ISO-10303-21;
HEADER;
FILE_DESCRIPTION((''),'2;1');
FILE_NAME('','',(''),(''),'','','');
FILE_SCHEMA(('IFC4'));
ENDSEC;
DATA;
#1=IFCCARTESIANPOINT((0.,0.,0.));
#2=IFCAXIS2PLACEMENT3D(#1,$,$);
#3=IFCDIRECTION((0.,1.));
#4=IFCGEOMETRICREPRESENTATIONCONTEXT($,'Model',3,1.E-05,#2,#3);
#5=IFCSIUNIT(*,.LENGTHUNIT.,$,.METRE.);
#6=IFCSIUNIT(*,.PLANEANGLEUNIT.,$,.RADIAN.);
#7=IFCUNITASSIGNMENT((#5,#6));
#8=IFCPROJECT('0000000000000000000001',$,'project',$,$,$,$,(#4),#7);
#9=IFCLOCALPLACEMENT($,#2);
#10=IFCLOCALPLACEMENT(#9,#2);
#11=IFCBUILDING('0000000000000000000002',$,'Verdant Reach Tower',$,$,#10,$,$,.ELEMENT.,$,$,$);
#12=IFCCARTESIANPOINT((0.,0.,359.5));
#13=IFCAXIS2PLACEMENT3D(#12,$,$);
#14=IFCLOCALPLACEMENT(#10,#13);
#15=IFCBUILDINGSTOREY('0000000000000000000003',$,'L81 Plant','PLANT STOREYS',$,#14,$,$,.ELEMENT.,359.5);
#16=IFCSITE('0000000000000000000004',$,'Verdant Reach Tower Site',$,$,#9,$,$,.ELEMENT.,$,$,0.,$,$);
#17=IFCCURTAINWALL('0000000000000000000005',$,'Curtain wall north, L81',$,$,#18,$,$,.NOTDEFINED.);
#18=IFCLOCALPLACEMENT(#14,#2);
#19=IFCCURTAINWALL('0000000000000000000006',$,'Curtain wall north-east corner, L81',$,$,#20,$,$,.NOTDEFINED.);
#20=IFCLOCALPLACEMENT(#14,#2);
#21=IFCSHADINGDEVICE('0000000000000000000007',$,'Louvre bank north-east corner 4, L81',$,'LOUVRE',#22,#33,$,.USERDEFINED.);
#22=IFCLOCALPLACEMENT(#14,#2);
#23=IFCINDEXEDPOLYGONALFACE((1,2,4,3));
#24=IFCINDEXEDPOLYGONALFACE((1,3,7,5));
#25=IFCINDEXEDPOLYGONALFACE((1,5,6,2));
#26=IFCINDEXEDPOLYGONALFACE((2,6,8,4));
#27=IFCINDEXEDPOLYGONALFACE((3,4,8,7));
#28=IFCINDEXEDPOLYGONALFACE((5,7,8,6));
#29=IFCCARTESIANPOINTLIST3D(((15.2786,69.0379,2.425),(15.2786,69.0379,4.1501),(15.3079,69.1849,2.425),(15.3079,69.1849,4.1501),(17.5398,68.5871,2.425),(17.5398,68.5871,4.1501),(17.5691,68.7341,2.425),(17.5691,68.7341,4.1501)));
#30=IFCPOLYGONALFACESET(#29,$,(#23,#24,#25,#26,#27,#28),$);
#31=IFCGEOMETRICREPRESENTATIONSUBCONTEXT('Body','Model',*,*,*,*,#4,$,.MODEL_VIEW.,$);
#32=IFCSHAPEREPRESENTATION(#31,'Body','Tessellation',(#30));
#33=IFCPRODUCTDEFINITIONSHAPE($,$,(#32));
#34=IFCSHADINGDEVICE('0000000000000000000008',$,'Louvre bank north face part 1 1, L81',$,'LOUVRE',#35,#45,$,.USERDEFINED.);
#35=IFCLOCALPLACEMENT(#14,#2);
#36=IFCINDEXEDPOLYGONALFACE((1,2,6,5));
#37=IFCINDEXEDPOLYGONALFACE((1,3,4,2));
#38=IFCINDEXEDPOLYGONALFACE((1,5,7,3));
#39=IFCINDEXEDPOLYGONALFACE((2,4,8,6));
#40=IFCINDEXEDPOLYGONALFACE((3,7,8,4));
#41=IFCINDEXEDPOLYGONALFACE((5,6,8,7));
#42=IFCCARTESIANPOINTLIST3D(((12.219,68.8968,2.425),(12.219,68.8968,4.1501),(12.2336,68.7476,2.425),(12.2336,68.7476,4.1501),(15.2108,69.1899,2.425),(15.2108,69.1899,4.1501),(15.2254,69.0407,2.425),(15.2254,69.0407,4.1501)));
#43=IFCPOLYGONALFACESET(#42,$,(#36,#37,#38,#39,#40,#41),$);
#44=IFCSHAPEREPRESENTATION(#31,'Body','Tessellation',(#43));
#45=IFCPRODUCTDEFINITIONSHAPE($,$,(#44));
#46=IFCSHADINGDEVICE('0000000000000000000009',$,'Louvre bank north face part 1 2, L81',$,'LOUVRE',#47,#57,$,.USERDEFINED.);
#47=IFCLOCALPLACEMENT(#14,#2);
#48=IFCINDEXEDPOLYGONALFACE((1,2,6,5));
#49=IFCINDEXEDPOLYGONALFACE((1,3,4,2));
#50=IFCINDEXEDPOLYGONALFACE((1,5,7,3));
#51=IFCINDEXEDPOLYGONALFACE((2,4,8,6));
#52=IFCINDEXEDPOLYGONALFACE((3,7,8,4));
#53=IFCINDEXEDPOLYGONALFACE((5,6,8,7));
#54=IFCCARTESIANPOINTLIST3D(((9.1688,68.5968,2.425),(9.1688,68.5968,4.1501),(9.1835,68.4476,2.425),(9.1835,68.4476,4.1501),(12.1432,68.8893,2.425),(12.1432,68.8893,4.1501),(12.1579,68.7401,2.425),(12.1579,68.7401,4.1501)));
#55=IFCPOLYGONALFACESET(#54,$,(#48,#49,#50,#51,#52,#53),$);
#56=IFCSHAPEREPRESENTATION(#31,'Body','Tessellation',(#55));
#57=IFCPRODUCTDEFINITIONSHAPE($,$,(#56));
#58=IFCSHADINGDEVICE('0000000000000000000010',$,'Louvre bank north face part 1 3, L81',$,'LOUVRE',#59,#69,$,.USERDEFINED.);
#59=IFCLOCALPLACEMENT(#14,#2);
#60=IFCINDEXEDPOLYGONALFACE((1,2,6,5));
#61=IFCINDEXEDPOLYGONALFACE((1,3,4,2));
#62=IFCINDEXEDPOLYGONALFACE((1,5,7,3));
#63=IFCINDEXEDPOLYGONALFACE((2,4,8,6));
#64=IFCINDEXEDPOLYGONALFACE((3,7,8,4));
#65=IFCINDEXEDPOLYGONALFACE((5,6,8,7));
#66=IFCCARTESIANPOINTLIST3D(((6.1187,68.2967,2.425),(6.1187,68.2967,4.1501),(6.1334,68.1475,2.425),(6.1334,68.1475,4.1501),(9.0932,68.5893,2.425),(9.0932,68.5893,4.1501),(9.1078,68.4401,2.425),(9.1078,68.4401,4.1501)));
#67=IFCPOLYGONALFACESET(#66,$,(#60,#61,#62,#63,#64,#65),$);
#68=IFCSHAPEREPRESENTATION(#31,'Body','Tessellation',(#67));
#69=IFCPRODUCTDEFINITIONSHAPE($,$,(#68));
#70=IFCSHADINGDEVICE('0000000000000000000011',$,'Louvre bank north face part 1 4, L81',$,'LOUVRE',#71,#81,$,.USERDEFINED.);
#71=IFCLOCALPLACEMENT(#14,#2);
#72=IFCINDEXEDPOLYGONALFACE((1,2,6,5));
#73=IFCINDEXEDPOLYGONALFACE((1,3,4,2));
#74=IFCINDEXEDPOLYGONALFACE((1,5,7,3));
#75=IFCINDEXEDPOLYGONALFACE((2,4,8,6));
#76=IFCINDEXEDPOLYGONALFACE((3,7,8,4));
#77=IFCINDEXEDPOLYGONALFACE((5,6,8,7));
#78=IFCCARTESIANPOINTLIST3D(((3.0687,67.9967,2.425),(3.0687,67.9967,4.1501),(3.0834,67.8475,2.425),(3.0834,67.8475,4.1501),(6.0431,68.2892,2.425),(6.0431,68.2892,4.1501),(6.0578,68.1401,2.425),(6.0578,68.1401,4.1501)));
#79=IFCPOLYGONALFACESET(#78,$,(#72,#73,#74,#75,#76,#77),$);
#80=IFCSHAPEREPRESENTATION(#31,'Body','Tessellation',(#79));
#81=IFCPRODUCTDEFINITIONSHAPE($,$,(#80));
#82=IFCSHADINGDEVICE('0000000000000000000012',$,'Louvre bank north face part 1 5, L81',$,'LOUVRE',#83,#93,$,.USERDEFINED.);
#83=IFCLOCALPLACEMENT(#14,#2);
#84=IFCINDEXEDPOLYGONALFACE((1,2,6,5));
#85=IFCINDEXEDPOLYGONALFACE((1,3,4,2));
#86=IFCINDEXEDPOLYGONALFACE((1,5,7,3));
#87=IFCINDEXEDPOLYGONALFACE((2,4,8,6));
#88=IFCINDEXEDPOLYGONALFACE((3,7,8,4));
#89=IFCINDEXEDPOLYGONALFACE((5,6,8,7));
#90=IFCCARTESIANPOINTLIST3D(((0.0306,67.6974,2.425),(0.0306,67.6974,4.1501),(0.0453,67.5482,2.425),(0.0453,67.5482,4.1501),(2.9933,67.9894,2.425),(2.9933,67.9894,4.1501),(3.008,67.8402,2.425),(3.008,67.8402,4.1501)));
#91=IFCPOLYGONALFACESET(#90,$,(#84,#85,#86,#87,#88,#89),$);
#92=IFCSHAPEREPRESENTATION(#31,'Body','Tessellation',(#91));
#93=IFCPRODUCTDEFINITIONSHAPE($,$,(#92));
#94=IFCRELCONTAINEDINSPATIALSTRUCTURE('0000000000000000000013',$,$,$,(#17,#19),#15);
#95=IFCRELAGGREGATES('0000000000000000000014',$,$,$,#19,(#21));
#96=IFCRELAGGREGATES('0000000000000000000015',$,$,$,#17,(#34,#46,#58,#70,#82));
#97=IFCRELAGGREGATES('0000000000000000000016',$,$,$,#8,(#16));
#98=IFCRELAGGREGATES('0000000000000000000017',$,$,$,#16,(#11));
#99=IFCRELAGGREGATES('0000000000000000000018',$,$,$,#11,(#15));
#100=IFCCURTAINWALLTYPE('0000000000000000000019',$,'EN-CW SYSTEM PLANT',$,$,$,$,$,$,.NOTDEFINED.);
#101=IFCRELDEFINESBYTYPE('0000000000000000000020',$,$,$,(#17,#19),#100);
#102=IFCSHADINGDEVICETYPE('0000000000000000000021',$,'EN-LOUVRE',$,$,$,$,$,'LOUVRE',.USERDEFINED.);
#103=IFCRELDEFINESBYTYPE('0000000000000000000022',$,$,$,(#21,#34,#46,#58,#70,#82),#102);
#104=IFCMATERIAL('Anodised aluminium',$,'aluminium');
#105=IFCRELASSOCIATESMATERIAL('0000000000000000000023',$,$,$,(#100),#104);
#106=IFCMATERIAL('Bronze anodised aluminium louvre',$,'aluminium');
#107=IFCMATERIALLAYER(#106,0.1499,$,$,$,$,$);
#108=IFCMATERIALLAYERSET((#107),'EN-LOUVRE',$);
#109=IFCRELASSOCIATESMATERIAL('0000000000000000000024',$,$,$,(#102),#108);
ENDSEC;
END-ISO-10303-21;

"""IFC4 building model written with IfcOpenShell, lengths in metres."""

from ifc_helpers import new_model, si_unit, direction, frame, origin, origin_2d, place, context, subcontext, project, spatial, rectangle, extrude, material, layer, layer_set, type_object, element, aggregate, save


model = new_model("IFC4")

# Units and contexts
model_context = context("Model", 3, precision=1e-05, world=origin(), true_north=direction((0.0, 1.0)))
body_context = subcontext(model_context, "Body", "Model", "MODEL_VIEW")
ifc_project = project(units=[si_unit("LENGTHUNIT", "METRE"), si_unit("PLANEANGLEUNIT", "RADIAN")], contexts=[model_context])

# Site, building, storey
site_placement = place(None, origin())
site = spatial("IfcSite", under=ifc_project, at=site_placement, Name="Verdant Reach Tower Site", CompositionType="ELEMENT", RefElevation=0.0)
building_placement = place(site_placement, origin())
building = spatial("IfcBuilding", under=site, at=building_placement, Name="Verdant Reach Tower", CompositionType="ELEMENT")
storey_placement = place(building_placement, frame((0.0, 0.0, 359.5)))
storey = spatial("IfcBuildingStorey", under=building, at=storey_placement, Name="L81 Plant", Description="PLANT STOREYS", CompositionType="ELEMENT", Elevation=359.5)

# Curtain wall
ifc_material_1 = material(Name="Anodised aluminium", Category="aluminium")
curtain_wall_type = type_object("IfcCurtainWallType", Name="EN-CW SYSTEM PLANT", PredefinedType="NOTDEFINED", material=ifc_material_1)
curtain_wall_1_placement = place(storey_placement, origin())
curtain_wall_1 = element("IfcCurtainWall", 1, at=curtain_wall_1_placement, inside=storey, type_object=curtain_wall_type, Name="Curtain wall north, L81", PredefinedType="NOTDEFINED")

# Curtain wall
curtain_wall_2_placement = place(storey_placement, origin())
curtain_wall_2 = element("IfcCurtainWall", 2, at=curtain_wall_2_placement, inside=storey, type_object=curtain_wall_type, Name="Curtain wall north-east corner, L81", PredefinedType="NOTDEFINED")

# Shading devices
ifc_material_2 = material(Name="Bronze anodised aluminium louvre", Category="aluminium")
ifc_layer_1 = layer(ifc_material_2, 0.1499)
ifc_layer_set_1 = layer_set([ifc_layer_1], Name="EN-LOUVRE")
shading_device_type = type_object("IfcShadingDeviceType", Name="EN-LOUVRE", ElementType="LOUVRE", PredefinedType="USERDEFINED", material=ifc_layer_set_1)
shading_device_1_placement = place(storey_placement, frame((16.4238, 68.886, 2.425), z_axis=(0.0, 0.0, 1.0), x_axis=(-0.980705, 0.195493, 0.0)))
shading_device_1 = element("IfcShadingDevice", 3, at=shading_device_1_placement, type_object=shading_device_type, Name="Louvre bank north-east corner 4, L81", ObjectType="LOUVRE", PredefinedType="USERDEFINED", context=body_context, shape_type="SweptSolid", body=[
    extrude(rectangle(XDim=2.3057, YDim=0.1499, at=origin_2d()), origin(), (0.0, 0.0, 1.0), 1.7251),
])
aggregate(curtain_wall_2, [shading_device_1])
shading_device_2_placement = place(storey_placement, frame((13.7222, 68.9688, 2.425), z_axis=(0.0, 0.0, 1.0), x_axis=(-0.995238, -0.097473, 0.0)))
shading_device_2 = element("IfcShadingDevice", 4, at=shading_device_2_placement, type_object=shading_device_type, Name="Louvre bank north face part 1 1, L81", ObjectType="LOUVRE", PredefinedType="USERDEFINED", context=body_context, shape_type="SweptSolid", body=[
    extrude(rectangle(XDim=3.0061, YDim=0.1499, at=origin_2d()), origin(), (0.0, 0.0, 1.0), 1.7251),
])
shading_device_3_placement = place(storey_placement, frame((10.6633, 68.6685, 2.425), z_axis=(0.0, 0.0, 1.0), x_axis=(-0.995197, -0.097888, 0.0)))
shading_device_3 = element("IfcShadingDevice", 5, at=shading_device_3_placement, type_object=shading_device_type, Name="Louvre bank north face part 1 2, L81", ObjectType="LOUVRE", PredefinedType="USERDEFINED", context=body_context, shape_type="SweptSolid", body=[
    extrude(rectangle(XDim=2.9888, YDim=0.1499, at=origin_2d()), origin(), (0.0, 0.0, 1.0), 1.7251),
])
shading_device_4_placement = place(storey_placement, frame((7.6133, 68.3684, 2.425), z_axis=(0.0, 0.0, 1.0), x_axis=(-0.995197, -0.097888, 0.0)))
shading_device_4 = element("IfcShadingDevice", 6, at=shading_device_4_placement, type_object=shading_device_type, Name="Louvre bank north face part 1 3, L81", ObjectType="LOUVRE", PredefinedType="USERDEFINED", context=body_context, shape_type="SweptSolid", body=[
    extrude(rectangle(XDim=2.9888, YDim=0.1499, at=origin_2d()), origin(), (0.0, 0.0, 1.0), 1.7251),
])
shading_device_5_placement = place(storey_placement, frame((4.5632, 68.0684, 2.425), z_axis=(0.0, 0.0, 1.0), x_axis=(-0.995197, -0.097888, 0.0)))
shading_device_5 = element("IfcShadingDevice", 7, at=shading_device_5_placement, type_object=shading_device_type, Name="Louvre bank north face part 1 4, L81", ObjectType="LOUVRE", PredefinedType="USERDEFINED", context=body_context, shape_type="SweptSolid", body=[
    extrude(rectangle(XDim=2.9888, YDim=0.1499, at=origin_2d()), origin(), (0.0, 0.0, 1.0), 1.7251),
])
shading_device_6_placement = place(storey_placement, frame((1.5193, 67.7688, 2.425), z_axis=(0.0, 0.0, 1.0), x_axis=(-0.995179, -0.098075, 0.0)))
shading_device_6 = element("IfcShadingDevice", 8, at=shading_device_6_placement, type_object=shading_device_type, Name="Louvre bank north face part 1 5, L81", ObjectType="LOUVRE", PredefinedType="USERDEFINED", context=body_context, shape_type="SweptSolid", body=[
    extrude(rectangle(XDim=2.9771, YDim=0.1499, at=origin_2d()), origin(), (0.0, 0.0, 1.0), 1.7251),
])
aggregate(curtain_wall_1, [shading_device_2, shading_device_3, shading_device_4, shading_device_5, shading_device_6])

save(model, "model.ifc")
